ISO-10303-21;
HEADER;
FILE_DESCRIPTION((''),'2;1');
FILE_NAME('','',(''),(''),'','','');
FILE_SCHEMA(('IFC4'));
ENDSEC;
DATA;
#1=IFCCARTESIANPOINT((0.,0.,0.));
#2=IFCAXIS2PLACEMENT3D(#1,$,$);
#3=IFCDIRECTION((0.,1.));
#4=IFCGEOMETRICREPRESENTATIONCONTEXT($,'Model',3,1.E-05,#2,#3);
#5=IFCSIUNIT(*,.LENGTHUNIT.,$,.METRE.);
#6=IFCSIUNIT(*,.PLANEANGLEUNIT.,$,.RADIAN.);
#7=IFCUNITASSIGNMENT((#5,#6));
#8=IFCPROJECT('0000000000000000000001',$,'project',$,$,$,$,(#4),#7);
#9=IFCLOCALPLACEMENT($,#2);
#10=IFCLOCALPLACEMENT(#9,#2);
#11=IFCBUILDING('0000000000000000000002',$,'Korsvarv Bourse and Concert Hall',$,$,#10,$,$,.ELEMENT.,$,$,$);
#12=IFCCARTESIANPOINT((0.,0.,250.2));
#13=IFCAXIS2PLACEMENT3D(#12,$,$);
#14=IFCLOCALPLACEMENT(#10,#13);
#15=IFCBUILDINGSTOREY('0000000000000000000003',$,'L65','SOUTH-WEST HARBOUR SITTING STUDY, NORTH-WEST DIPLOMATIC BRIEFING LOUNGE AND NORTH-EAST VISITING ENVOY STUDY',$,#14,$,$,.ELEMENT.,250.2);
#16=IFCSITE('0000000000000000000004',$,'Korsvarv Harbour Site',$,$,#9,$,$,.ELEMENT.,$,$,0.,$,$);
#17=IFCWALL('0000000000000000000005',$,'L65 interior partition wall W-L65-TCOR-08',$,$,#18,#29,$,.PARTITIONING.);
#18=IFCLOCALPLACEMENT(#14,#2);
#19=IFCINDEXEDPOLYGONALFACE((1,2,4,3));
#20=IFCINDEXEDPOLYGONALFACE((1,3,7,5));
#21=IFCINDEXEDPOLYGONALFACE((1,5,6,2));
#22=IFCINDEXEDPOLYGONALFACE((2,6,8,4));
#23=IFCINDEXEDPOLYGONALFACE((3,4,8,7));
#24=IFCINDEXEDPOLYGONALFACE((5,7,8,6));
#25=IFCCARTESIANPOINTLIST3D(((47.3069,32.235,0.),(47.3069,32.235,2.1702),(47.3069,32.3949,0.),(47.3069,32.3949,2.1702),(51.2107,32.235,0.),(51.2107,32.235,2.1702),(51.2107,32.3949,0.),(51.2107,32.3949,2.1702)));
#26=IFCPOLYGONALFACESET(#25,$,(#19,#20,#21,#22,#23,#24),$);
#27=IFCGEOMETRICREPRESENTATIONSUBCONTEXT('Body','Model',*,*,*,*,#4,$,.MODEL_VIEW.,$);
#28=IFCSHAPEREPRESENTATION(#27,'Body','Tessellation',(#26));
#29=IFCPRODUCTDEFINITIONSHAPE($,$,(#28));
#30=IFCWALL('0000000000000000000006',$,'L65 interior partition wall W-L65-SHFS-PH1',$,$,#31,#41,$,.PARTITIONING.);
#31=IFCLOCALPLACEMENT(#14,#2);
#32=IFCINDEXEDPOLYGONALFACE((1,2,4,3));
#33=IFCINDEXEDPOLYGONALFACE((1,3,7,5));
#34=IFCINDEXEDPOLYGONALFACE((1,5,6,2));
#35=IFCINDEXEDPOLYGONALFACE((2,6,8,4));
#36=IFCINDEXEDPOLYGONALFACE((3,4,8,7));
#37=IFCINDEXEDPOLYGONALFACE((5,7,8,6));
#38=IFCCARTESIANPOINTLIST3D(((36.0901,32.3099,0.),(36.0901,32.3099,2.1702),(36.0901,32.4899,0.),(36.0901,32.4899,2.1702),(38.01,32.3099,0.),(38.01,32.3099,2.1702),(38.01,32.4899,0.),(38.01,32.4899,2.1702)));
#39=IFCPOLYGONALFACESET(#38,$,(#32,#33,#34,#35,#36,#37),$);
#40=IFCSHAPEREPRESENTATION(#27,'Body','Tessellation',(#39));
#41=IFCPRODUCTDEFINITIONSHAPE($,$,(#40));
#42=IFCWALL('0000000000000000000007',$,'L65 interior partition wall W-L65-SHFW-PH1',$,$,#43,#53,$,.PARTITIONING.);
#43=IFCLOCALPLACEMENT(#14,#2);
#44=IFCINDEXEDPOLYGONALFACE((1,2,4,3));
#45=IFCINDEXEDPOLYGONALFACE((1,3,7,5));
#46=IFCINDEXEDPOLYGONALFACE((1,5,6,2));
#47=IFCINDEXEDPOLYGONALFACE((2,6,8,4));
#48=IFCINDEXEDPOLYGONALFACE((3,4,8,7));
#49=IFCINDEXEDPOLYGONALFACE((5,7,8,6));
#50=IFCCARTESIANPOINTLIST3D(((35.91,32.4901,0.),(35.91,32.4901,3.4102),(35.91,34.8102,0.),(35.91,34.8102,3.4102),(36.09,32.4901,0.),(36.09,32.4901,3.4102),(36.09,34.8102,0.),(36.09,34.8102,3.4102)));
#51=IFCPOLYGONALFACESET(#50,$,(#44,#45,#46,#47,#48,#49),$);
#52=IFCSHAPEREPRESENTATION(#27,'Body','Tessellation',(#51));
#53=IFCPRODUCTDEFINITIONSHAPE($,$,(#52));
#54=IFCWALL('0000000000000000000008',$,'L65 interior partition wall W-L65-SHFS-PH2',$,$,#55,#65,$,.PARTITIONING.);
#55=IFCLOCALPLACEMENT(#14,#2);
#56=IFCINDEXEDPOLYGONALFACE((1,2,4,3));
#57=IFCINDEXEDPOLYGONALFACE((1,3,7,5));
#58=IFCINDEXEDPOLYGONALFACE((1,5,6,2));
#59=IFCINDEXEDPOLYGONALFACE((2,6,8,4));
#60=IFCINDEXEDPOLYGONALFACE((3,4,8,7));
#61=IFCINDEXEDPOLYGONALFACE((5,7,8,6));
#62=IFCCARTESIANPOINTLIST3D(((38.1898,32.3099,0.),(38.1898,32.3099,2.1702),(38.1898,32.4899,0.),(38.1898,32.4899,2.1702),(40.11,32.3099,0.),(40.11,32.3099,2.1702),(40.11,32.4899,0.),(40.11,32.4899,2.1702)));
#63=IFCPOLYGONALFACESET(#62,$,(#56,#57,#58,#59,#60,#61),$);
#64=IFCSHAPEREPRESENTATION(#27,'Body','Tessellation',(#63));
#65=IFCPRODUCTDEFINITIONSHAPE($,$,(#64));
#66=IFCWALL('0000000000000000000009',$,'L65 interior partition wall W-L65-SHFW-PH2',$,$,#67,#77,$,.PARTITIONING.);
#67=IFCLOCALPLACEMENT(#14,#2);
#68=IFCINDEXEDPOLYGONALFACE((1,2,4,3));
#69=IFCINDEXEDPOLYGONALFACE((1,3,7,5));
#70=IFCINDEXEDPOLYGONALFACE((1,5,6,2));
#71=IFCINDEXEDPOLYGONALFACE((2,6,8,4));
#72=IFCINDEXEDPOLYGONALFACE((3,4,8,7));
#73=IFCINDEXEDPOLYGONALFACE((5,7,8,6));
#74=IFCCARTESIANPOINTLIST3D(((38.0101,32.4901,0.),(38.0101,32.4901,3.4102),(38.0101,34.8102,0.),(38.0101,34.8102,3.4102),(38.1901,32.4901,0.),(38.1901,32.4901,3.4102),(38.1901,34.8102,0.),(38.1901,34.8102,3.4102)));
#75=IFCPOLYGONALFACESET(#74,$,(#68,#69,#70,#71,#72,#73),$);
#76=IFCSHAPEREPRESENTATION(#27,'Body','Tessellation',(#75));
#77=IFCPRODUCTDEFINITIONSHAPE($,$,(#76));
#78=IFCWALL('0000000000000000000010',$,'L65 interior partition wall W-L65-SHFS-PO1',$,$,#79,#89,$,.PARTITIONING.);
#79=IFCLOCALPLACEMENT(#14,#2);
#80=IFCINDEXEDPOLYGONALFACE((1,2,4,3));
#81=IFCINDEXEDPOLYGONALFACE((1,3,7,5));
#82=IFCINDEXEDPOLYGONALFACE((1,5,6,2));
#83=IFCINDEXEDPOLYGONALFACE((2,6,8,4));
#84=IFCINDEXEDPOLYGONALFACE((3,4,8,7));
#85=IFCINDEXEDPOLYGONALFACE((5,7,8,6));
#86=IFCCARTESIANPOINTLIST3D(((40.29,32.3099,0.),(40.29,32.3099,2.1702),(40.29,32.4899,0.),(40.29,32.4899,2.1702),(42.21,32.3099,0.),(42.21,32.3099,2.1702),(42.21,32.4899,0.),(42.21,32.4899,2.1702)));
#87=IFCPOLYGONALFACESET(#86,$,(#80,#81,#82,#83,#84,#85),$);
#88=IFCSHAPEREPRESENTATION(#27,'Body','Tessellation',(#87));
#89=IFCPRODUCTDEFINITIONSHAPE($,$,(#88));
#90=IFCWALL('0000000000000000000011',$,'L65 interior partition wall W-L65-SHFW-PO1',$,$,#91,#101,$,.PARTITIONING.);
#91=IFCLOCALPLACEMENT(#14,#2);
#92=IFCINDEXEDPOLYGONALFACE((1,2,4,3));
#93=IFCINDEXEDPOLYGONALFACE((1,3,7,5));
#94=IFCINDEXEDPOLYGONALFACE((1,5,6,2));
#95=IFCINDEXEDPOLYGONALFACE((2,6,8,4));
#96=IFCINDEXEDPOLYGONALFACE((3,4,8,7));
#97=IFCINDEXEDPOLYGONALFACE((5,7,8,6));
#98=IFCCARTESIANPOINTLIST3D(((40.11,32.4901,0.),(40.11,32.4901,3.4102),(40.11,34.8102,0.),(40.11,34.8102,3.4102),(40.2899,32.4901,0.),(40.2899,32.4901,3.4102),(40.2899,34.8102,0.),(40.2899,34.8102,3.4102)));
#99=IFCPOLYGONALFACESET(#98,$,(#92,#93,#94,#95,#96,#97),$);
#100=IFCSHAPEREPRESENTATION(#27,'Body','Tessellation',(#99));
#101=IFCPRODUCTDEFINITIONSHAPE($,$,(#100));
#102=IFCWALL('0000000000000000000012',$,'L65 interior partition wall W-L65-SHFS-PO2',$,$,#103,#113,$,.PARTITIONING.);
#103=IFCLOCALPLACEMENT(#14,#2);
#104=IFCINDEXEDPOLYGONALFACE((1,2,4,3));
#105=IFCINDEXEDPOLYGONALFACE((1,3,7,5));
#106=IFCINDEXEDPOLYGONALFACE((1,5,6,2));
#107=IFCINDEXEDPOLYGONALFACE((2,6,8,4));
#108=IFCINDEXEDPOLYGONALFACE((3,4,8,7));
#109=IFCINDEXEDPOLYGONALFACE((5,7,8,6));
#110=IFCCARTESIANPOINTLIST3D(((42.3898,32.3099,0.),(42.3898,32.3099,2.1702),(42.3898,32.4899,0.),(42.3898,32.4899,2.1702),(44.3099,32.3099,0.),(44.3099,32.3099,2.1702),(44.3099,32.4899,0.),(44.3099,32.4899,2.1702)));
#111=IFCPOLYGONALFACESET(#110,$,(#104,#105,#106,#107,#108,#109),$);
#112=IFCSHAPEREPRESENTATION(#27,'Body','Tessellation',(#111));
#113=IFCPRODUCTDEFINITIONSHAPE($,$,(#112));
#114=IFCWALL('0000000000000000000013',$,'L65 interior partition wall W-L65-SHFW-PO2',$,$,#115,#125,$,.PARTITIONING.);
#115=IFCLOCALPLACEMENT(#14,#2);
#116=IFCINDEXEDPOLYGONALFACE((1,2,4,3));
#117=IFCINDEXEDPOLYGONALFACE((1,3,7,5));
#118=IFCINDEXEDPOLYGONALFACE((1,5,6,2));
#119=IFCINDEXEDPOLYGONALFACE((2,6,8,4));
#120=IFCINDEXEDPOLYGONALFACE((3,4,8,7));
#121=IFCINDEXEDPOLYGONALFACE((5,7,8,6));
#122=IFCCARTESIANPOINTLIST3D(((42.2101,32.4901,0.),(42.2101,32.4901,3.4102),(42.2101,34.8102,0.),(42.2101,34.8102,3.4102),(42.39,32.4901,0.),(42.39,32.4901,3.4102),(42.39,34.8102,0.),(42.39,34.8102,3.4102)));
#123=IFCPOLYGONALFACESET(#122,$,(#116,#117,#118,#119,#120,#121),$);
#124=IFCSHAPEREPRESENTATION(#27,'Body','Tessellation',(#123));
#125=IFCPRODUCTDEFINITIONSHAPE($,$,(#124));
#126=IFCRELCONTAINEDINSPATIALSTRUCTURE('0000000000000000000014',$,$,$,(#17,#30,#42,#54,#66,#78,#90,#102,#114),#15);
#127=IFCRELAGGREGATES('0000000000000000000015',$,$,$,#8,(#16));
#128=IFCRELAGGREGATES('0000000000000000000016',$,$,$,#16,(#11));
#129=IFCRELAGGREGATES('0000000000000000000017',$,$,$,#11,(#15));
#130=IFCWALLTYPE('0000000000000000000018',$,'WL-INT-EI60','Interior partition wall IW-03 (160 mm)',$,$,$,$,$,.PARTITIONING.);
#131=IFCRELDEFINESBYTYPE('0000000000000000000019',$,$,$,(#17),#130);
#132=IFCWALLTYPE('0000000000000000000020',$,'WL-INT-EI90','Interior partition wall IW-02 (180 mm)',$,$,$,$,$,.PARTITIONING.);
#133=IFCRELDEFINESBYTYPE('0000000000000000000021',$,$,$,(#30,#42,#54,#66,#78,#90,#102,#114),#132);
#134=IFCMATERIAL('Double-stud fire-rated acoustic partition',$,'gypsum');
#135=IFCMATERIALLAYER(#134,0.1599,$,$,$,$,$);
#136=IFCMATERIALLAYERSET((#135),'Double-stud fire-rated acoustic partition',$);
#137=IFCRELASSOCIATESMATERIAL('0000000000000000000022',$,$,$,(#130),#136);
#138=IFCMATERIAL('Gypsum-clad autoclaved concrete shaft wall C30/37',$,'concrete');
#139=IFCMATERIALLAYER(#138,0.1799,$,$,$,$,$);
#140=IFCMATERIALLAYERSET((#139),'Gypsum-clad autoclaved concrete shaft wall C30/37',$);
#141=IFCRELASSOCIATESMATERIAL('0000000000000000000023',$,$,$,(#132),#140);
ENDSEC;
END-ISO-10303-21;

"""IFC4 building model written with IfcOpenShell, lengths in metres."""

from ifc_helpers import new_model, si_unit, direction, frame, frame_2d, origin, place, context, subcontext, project, spatial, rectangle, extrude, material, layer, layer_set, type_object, element, save


model = new_model("IFC4")

# Units and contexts
model_context = context("Model", 3, precision=1e-05, world=origin(), true_north=direction((0.0, 1.0)))
body_context = subcontext(model_context, "Body", "Model", "MODEL_VIEW")
ifc_project = project(units=[si_unit("LENGTHUNIT", "METRE"), si_unit("PLANEANGLEUNIT", "RADIAN")], contexts=[model_context])

# Site, building, storey
site_placement = place(None, origin())
site = spatial("IfcSite", under=ifc_project, at=site_placement, Name="Korsvarv Harbour Site", CompositionType="ELEMENT", RefElevation=0.0)
building_placement = place(site_placement, origin())
building = spatial("IfcBuilding", under=site, at=building_placement, Name="Korsvarv Bourse and Concert Hall", CompositionType="ELEMENT")
storey_placement = place(building_placement, frame((0.0, 0.0, 250.2)))
storey = spatial("IfcBuildingStorey", under=building, at=storey_placement, Name="L65", Description="SOUTH-WEST HARBOUR SITTING STUDY, NORTH-WEST DIPLOMATIC BRIEFING LOUNGE AND NORTH-EAST VISITING ENVOY STUDY", CompositionType="ELEMENT", Elevation=250.2)

# Shared definitions
ifc_material_1 = material(Name="Double-stud fire-rated acoustic partition", Category="gypsum")
ifc_layer_1 = layer(ifc_material_1, 0.1599)
ifc_layer_set_1 = layer_set([ifc_layer_1], Name="Double-stud fire-rated acoustic partition")
wall_type_1 = type_object("IfcWallType", Name="WL-INT-EI60", Description="Interior partition wall IW-03 (160 mm)", PredefinedType="PARTITIONING", material=ifc_layer_set_1)

# Walls
wall_1_placement = place(storey_placement, frame((47.3069, 32.3149, 0.0), z_axis=(0.0, 0.0, 1.0), x_axis=(1.0, 0.0, 0.0)))
element("IfcWall", 1, at=wall_1_placement, inside=storey, type_object=wall_type_1, Name="L65 interior partition wall W-L65-TCOR-08", PredefinedType="PARTITIONING", context=body_context, shape_type="SweptSolid", body=[
    extrude(rectangle(XDim=3.9038, YDim=0.1599, at=frame_2d((1.9519, 0.0))), origin(), (0.0, 0.0, 1.0), 2.1702),
])
ifc_material_2 = material(Name="Gypsum-clad autoclaved concrete shaft wall C30/37", Category="concrete")
ifc_layer_2 = layer(ifc_material_2, 0.1799)
ifc_layer_set_2 = layer_set([ifc_layer_2], Name="Gypsum-clad autoclaved concrete shaft wall C30/37")
wall_type_2 = type_object("IfcWallType", Name="WL-INT-EI90", Description="Interior partition wall IW-02 (180 mm)", PredefinedType="PARTITIONING", material=ifc_layer_set_2)
wall_2_placement = place(storey_placement, frame((36.0901, 32.3999, 0.0), z_axis=(0.0, 0.0, 1.0), x_axis=(1.0, 0.0, 0.0)))
element("IfcWall", 2, at=wall_2_placement, inside=storey, type_object=wall_type_2, Name="L65 interior partition wall W-L65-SHFS-PH1", PredefinedType="PARTITIONING", context=body_context, shape_type="SweptSolid", body=[
    extrude(rectangle(XDim=1.9199, YDim=0.1799, at=frame_2d((0.96, 0.0))), origin(), (0.0, 0.0, 1.0), 2.1702),
])
wall_3_placement = place(storey_placement, frame((36.0, 32.49, 0.0), z_axis=(0.0, 0.0, 1.0), x_axis=(0.0, 1.0, 0.0)))
element("IfcWall", 3, at=wall_3_placement, inside=storey, type_object=wall_type_2, Name="L65 interior partition wall W-L65-SHFW-PH1", PredefinedType="PARTITIONING", context=body_context, shape_type="SweptSolid", body=[
    extrude(rectangle(XDim=2.3201, YDim=0.1799, at=frame_2d((1.1602, 0.0))), origin(), (0.0, 0.0, 1.0), 3.4102),
])
wall_4_placement = place(storey_placement, frame((38.1899, 32.3999, 0.0), z_axis=(0.0, 0.0, 1.0), x_axis=(1.0, 0.0, 0.0)))
element("IfcWall", 4, at=wall_4_placement, inside=storey, type_object=wall_type_2, Name="L65 interior partition wall W-L65-SHFS-PH2", PredefinedType="PARTITIONING", context=body_context, shape_type="SweptSolid", body=[
    extrude(rectangle(XDim=1.9202, YDim=0.1799, at=frame_2d((0.96, 0.0))), origin(), (0.0, 0.0, 1.0), 2.1702),
])
wall_5_placement = place(storey_placement, frame((38.1001, 32.49, 0.0), z_axis=(0.0, 0.0, 1.0), x_axis=(0.0, 1.0, 0.0)))
element("IfcWall", 5, at=wall_5_placement, inside=storey, type_object=wall_type_2, Name="L65 interior partition wall W-L65-SHFW-PH2", PredefinedType="PARTITIONING", context=body_context, shape_type="SweptSolid", body=[
    extrude(rectangle(XDim=2.3201, YDim=0.1799, at=frame_2d((1.1602, 0.0))), origin(), (0.0, 0.0, 1.0), 3.4102),
])
wall_6_placement = place(storey_placement, frame((40.29, 32.3999, 0.0), z_axis=(0.0, 0.0, 1.0), x_axis=(1.0, 0.0, 0.0)))
element("IfcWall", 6, at=wall_6_placement, inside=storey, type_object=wall_type_2, Name="L65 interior partition wall W-L65-SHFS-PO1", PredefinedType="PARTITIONING", context=body_context, shape_type="SweptSolid", body=[
    extrude(rectangle(XDim=1.9199, YDim=0.1799, at=frame_2d((0.96, 0.0))), origin(), (0.0, 0.0, 1.0), 2.1702),
])
wall_7_placement = place(storey_placement, frame((40.2, 32.49, 0.0), z_axis=(0.0, 0.0, 1.0), x_axis=(0.0, 1.0, 0.0)))
element("IfcWall", 7, at=wall_7_placement, inside=storey, type_object=wall_type_2, Name="L65 interior partition wall W-L65-SHFW-PO1", PredefinedType="PARTITIONING", context=body_context, shape_type="SweptSolid", body=[
    extrude(rectangle(XDim=2.3201, YDim=0.1799, at=frame_2d((1.1602, 0.0))), origin(), (0.0, 0.0, 1.0), 3.4102),
])
wall_8_placement = place(storey_placement, frame((42.3899, 32.3999, 0.0), z_axis=(0.0, 0.0, 1.0), x_axis=(1.0, 0.0, 0.0)))
element("IfcWall", 8, at=wall_8_placement, inside=storey, type_object=wall_type_2, Name="L65 interior partition wall W-L65-SHFS-PO2", PredefinedType="PARTITIONING", context=body_context, shape_type="SweptSolid", body=[
    extrude(rectangle(XDim=1.9202, YDim=0.1799, at=frame_2d((0.96, 0.0))), origin(), (0.0, 0.0, 1.0), 2.1702),
])
wall_9_placement = place(storey_placement, frame((42.3, 32.49, 0.0), z_axis=(0.0, 0.0, 1.0), x_axis=(0.0, 1.0, 0.0)))
element("IfcWall", 9, at=wall_9_placement, inside=storey, type_object=wall_type_2, Name="L65 interior partition wall W-L65-SHFW-PO2", PredefinedType="PARTITIONING", context=body_context, shape_type="SweptSolid", body=[
    extrude(rectangle(XDim=2.3201, YDim=0.1799, at=frame_2d((1.1602, 0.0))), origin(), (0.0, 0.0, 1.0), 3.4102),
])

save(model, "model.ifc")
